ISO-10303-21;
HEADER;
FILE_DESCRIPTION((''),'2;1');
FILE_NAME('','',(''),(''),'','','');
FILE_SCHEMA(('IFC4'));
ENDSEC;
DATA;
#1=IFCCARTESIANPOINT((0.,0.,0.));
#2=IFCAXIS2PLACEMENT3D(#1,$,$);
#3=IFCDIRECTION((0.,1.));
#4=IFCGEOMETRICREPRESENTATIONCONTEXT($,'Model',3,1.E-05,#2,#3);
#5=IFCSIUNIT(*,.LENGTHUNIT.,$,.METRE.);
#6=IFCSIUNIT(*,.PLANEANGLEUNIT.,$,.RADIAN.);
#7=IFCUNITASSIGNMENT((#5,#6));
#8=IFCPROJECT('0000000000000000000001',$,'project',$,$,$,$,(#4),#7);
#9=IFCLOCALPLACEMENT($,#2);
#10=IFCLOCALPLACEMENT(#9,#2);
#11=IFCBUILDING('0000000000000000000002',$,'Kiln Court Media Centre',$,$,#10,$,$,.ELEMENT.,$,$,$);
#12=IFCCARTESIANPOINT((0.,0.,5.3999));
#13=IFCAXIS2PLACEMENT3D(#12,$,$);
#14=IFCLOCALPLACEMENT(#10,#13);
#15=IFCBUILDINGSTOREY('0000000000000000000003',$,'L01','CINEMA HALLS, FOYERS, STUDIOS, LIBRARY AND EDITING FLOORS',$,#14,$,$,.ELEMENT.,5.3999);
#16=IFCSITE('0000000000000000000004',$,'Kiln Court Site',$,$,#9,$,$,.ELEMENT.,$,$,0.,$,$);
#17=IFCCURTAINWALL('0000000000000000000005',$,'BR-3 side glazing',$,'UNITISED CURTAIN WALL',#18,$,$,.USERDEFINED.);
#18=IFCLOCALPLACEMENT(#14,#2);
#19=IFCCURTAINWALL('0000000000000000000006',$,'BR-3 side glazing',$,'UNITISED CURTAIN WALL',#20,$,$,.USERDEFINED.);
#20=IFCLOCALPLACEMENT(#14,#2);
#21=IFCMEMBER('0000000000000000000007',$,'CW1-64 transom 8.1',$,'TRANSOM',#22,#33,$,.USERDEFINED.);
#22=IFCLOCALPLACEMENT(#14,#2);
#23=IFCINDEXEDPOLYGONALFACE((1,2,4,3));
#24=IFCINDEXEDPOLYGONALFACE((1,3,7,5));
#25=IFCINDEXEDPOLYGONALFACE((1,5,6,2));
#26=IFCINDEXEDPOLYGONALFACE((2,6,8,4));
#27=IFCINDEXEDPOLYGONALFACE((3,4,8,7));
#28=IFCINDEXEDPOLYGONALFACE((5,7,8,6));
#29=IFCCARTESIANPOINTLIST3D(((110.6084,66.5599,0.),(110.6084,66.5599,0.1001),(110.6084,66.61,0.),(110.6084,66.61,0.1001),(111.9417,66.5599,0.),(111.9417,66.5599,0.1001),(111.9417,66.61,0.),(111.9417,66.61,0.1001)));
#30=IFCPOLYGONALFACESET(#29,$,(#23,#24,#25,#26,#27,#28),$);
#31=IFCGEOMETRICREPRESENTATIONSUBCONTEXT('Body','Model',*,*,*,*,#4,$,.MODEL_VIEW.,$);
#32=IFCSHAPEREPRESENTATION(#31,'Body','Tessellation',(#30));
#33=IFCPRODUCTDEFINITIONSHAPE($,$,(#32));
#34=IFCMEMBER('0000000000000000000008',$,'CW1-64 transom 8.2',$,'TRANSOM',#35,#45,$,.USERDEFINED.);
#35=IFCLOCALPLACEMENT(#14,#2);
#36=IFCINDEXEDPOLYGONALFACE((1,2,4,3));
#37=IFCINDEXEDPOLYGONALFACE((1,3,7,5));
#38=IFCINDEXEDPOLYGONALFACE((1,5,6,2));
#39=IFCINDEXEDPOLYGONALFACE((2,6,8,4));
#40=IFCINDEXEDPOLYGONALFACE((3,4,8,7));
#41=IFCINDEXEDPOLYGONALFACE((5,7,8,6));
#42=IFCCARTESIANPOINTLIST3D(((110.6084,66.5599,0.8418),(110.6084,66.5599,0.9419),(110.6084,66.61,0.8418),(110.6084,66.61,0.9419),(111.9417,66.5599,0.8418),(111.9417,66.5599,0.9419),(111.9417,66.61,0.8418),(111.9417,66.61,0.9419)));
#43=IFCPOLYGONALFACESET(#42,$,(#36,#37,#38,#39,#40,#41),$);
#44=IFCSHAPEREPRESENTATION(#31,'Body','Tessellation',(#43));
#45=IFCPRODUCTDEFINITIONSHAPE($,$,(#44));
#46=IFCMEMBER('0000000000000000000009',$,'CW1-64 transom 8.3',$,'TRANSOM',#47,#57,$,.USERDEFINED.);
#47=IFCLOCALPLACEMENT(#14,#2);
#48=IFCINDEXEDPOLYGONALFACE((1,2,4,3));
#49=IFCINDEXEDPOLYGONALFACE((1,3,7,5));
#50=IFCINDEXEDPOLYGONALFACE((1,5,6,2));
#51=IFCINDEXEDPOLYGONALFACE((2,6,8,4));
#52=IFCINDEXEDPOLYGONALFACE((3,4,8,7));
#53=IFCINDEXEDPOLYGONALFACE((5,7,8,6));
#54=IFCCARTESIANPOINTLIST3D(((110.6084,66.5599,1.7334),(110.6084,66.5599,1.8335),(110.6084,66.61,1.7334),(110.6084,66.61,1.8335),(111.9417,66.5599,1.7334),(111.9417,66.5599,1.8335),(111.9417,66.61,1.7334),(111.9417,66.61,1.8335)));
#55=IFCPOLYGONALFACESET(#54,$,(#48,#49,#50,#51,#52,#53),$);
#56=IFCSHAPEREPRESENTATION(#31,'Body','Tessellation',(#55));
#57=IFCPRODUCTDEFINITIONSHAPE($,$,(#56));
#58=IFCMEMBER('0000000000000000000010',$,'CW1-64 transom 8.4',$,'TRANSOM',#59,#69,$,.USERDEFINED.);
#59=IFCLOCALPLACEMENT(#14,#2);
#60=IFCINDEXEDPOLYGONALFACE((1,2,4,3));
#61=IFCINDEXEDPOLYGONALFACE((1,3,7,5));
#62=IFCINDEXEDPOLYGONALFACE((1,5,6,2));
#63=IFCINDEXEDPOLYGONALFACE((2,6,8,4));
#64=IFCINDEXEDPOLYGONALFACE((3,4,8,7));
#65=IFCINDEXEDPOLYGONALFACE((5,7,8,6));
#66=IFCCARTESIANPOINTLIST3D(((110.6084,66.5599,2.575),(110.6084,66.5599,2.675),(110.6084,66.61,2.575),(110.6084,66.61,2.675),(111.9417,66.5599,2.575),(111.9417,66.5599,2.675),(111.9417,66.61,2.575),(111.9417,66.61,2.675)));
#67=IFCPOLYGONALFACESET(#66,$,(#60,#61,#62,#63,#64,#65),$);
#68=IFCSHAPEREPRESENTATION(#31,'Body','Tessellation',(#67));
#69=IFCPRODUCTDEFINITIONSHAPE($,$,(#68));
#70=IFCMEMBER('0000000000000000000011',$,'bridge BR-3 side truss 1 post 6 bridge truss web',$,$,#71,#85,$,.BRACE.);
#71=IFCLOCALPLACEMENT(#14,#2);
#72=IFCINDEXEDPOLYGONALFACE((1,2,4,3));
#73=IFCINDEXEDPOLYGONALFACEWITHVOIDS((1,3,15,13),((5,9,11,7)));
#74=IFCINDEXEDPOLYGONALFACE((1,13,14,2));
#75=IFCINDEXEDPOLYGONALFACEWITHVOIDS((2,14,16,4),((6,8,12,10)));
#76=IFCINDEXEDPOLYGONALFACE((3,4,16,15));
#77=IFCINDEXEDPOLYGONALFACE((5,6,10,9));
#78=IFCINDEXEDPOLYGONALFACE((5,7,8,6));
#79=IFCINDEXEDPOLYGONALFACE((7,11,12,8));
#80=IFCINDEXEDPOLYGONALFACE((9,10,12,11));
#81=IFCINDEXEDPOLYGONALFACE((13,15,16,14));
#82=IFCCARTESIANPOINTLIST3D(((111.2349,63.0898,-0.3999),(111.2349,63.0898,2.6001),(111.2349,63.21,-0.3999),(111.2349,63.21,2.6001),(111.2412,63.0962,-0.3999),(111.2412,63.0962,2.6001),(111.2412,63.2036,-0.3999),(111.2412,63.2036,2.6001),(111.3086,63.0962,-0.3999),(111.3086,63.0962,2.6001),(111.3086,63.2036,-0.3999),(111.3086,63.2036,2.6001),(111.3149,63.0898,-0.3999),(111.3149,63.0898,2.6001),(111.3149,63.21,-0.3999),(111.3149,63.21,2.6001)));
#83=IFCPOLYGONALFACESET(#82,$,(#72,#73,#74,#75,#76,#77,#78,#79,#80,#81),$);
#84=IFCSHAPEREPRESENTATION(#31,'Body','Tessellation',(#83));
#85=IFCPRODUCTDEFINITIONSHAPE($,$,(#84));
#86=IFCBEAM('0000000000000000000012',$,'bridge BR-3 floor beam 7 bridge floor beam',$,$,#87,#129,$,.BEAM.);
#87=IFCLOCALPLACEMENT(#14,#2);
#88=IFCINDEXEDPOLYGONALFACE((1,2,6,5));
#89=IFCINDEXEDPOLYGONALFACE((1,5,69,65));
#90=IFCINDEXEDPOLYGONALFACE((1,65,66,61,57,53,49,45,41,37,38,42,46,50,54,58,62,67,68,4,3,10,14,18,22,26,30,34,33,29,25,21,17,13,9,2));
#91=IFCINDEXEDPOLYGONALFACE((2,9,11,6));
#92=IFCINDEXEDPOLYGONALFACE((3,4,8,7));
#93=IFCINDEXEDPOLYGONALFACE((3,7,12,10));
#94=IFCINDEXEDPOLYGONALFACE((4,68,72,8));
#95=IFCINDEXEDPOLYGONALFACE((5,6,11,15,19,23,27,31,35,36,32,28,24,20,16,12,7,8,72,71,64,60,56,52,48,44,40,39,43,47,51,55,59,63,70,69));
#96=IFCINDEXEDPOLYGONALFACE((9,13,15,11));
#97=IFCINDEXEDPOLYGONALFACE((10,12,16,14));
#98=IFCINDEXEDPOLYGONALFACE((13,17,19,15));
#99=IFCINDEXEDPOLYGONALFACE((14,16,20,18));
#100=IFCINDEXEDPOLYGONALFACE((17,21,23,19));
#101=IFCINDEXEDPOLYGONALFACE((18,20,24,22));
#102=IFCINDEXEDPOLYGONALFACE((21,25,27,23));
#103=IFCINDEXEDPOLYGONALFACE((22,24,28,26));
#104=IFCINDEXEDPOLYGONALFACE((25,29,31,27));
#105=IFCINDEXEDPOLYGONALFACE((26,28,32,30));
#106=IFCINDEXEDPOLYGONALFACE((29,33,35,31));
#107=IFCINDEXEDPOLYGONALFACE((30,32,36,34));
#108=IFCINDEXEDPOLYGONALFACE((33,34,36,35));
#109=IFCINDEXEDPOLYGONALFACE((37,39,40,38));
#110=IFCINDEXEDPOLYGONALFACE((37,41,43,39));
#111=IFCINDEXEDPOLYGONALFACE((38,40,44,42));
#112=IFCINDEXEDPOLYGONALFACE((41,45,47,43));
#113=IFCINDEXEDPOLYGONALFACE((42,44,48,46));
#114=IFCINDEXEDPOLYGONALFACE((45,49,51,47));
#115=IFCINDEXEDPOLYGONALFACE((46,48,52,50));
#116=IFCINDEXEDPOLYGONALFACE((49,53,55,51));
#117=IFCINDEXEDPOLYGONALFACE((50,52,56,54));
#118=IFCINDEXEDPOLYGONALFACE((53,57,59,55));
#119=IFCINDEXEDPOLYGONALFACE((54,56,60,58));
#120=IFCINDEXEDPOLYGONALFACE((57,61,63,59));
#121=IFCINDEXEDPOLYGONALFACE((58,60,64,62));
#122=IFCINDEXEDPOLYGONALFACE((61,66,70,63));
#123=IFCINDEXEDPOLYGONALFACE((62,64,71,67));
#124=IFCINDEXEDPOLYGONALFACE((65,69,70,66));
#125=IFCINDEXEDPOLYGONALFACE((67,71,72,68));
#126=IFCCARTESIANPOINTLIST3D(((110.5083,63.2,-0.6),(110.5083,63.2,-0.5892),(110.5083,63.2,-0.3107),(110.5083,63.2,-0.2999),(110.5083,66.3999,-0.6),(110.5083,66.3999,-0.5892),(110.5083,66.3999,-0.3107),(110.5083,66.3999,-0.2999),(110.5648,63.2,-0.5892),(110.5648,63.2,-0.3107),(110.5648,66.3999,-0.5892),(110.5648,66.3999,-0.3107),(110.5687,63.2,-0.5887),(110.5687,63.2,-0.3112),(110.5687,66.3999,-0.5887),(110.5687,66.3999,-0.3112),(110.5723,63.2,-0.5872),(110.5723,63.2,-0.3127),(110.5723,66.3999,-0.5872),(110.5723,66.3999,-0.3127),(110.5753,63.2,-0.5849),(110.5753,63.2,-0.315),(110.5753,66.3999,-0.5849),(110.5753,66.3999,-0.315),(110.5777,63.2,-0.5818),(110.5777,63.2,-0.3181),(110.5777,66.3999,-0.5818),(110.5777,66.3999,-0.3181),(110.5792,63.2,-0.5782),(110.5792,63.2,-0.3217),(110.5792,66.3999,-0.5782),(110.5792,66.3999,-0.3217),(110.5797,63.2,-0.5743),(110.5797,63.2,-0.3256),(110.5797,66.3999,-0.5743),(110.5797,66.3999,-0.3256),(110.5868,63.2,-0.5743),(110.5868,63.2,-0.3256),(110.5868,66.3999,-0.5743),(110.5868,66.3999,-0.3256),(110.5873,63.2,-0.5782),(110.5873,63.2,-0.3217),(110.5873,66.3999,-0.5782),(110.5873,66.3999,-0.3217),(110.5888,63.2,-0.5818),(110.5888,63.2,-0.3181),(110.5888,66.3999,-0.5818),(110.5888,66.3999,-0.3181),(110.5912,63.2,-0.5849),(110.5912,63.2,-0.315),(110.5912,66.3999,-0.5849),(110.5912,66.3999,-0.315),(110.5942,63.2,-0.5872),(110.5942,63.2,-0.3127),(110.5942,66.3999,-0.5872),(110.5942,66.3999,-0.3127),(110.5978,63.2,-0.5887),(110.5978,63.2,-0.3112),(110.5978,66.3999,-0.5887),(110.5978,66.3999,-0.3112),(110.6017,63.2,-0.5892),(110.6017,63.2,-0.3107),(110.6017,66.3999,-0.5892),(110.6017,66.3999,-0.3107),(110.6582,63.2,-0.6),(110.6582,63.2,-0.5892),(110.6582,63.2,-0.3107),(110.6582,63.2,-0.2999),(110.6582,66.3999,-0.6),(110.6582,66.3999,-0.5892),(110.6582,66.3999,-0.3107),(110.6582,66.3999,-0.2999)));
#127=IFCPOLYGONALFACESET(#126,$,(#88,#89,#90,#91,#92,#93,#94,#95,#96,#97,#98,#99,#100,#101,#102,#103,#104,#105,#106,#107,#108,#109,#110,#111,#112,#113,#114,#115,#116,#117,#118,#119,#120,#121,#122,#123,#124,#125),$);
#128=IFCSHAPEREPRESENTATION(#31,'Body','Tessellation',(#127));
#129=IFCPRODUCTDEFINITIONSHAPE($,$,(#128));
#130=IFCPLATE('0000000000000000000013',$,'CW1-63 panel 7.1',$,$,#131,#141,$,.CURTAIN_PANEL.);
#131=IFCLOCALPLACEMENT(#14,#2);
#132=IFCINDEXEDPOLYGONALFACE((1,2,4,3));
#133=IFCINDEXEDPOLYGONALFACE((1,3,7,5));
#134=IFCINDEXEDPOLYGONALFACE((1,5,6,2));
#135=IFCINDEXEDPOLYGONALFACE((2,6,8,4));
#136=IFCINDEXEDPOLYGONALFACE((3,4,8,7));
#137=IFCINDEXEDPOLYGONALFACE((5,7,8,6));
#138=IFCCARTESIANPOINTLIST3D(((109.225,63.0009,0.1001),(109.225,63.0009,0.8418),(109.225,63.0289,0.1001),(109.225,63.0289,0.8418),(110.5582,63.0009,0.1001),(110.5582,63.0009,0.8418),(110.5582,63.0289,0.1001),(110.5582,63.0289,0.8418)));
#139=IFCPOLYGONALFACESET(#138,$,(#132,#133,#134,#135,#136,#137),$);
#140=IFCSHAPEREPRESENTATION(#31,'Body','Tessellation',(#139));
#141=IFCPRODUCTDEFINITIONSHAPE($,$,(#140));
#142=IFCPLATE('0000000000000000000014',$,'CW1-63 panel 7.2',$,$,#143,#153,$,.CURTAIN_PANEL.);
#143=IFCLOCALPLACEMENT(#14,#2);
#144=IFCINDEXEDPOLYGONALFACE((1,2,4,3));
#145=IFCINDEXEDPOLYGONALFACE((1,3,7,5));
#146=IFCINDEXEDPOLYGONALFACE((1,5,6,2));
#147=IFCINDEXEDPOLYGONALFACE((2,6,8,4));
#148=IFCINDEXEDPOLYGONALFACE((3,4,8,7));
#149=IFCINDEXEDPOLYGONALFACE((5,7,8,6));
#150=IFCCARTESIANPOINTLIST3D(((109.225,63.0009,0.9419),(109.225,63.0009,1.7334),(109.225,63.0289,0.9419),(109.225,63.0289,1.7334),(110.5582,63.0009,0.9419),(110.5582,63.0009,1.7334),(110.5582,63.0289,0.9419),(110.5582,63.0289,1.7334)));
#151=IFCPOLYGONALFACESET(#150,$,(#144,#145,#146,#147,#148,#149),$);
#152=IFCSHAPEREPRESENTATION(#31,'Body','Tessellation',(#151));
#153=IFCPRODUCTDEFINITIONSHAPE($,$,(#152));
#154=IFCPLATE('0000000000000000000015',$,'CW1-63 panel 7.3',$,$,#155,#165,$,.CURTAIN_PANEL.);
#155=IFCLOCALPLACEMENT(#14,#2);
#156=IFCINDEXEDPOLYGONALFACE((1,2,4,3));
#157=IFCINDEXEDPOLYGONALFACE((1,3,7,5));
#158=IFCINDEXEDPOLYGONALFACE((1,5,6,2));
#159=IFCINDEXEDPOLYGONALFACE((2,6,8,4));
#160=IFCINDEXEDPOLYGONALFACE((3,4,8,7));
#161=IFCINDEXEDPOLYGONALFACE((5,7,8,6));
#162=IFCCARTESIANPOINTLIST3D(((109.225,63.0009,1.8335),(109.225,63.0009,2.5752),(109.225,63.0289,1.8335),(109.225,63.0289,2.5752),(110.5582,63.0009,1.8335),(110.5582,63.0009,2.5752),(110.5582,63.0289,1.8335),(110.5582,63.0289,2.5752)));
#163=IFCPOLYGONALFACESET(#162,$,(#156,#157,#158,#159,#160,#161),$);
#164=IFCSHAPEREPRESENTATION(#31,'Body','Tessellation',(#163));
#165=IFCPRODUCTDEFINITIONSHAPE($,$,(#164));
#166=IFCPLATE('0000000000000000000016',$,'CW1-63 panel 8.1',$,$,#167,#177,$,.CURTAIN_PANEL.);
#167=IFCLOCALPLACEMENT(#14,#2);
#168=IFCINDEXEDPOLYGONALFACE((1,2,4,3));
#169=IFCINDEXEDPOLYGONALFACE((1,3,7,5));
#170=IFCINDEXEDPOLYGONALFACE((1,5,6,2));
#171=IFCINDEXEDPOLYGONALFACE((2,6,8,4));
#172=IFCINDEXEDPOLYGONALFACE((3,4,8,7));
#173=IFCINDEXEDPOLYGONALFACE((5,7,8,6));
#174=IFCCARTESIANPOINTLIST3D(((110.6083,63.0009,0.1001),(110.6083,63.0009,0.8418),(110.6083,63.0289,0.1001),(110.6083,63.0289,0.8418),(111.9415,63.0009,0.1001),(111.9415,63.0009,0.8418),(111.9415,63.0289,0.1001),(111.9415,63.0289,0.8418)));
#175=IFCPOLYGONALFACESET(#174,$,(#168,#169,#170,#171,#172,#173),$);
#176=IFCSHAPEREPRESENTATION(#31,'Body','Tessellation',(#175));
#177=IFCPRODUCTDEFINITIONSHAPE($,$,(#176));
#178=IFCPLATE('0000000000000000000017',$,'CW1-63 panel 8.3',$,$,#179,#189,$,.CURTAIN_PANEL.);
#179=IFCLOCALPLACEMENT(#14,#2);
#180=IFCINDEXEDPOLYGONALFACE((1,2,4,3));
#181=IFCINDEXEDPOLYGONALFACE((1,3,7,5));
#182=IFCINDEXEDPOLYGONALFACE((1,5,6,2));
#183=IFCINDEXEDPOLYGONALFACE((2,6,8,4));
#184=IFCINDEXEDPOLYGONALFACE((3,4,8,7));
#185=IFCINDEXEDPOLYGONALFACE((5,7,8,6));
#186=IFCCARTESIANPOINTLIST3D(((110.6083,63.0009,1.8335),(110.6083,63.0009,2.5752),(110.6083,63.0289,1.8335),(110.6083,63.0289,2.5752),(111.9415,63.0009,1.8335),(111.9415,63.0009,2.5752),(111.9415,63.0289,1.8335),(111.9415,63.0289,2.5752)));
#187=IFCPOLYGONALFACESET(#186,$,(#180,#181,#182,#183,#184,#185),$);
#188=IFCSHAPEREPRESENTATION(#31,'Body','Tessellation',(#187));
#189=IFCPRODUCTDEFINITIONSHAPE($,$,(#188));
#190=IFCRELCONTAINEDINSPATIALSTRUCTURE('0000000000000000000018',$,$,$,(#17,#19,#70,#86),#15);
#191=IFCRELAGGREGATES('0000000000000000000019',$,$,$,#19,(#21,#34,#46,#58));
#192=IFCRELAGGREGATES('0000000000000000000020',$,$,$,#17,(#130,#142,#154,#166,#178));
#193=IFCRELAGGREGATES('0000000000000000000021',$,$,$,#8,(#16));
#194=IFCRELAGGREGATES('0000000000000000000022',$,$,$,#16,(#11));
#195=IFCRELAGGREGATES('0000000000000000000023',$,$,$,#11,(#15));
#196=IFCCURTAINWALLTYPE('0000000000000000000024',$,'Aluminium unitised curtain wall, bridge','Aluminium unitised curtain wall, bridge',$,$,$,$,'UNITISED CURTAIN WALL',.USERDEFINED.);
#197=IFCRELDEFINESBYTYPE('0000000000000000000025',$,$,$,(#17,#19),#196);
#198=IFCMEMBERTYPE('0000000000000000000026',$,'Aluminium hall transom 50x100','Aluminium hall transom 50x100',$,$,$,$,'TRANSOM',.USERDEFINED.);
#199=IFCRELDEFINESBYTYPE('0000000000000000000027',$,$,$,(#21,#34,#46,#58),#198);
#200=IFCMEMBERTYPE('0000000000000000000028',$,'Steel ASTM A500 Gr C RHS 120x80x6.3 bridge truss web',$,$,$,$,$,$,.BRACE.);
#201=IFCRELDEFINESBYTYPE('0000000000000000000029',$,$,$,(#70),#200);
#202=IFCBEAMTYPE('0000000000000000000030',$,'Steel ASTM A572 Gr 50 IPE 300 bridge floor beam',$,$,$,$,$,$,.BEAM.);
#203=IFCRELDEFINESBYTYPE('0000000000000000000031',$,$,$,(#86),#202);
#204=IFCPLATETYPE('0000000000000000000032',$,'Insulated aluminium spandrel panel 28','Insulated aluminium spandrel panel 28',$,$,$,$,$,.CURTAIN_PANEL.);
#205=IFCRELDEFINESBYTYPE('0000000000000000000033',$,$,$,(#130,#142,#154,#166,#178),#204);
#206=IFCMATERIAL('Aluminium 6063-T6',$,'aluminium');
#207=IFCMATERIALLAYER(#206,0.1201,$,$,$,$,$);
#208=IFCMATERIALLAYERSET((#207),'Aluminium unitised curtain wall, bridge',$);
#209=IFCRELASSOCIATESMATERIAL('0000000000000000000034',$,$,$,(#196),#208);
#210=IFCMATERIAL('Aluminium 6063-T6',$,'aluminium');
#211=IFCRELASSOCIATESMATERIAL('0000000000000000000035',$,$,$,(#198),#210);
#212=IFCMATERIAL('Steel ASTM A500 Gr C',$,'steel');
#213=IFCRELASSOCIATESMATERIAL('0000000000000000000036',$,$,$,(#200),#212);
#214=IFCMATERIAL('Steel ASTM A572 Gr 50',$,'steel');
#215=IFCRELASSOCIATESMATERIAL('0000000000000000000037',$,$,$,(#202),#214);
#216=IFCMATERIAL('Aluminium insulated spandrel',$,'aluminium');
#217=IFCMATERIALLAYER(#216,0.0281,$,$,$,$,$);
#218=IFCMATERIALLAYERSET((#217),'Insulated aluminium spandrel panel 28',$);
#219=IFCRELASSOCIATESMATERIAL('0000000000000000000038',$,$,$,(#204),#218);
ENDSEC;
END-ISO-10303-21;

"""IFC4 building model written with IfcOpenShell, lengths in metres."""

from ifc_helpers import new_model, si_unit, direction, frame, origin, origin_2d, place, context, subcontext, project, spatial, rectangle, hollow_rectangle, i_section, extrude, material, layer, layer_set, material_profile, profile_set, type_object, element, aggregate, save


model = new_model("IFC4")

# Units and contexts
model_context = context("Model", 3, precision=1e-05, world=origin(), true_north=direction((0.0, 1.0)))
body_context = subcontext(model_context, "Body", "Model", "MODEL_VIEW")
ifc_project = project(units=[si_unit("LENGTHUNIT", "METRE"), si_unit("PLANEANGLEUNIT", "RADIAN")], contexts=[model_context])

# Site, building, storey
site_placement = place(None, origin())
site = spatial("IfcSite", under=ifc_project, at=site_placement, Name="Kiln Court Site", CompositionType="ELEMENT", RefElevation=0.0)
building_placement = place(site_placement, origin())
building = spatial("IfcBuilding", under=site, at=building_placement, Name="Kiln Court Media Centre", CompositionType="ELEMENT")
storey_placement = place(building_placement, frame((0.0, 0.0, 5.3999)))
storey = spatial("IfcBuildingStorey", under=building, at=storey_placement, Name="L01", Description="CINEMA HALLS, FOYERS, STUDIOS, LIBRARY AND EDITING FLOORS", CompositionType="ELEMENT", Elevation=5.3999)

# Curtain wall
ifc_material_1 = material(Name="Aluminium 6063-T6", Category="aluminium")
ifc_layer_1 = layer(ifc_material_1, 0.1201)
ifc_layer_set_1 = layer_set([ifc_layer_1], Name="Aluminium unitised curtain wall, bridge")
curtain_wall_type = type_object("IfcCurtainWallType", Name="Aluminium unitised curtain wall, bridge", Description="Aluminium unitised curtain wall, bridge", ElementType="UNITISED CURTAIN WALL", PredefinedType="USERDEFINED", material=ifc_layer_set_1)
curtain_wall_1_placement = place(storey_placement, origin())
curtain_wall_1 = element("IfcCurtainWall", 1, at=curtain_wall_1_placement, inside=storey, type_object=curtain_wall_type, Name="BR-3 side glazing", ObjectType="UNITISED CURTAIN WALL", PredefinedType="USERDEFINED")

# Curtain wall
curtain_wall_2_placement = place(storey_placement, origin())
curtain_wall_2 = element("IfcCurtainWall", 2, at=curtain_wall_2_placement, inside=storey, type_object=curtain_wall_type, Name="BR-3 side glazing", ObjectType="UNITISED CURTAIN WALL", PredefinedType="USERDEFINED")

# Members
ifc_material_2 = material(Name="Aluminium 6063-T6", Category="aluminium")
ifc_material_profile_1 = material_profile(ifc_material_2, rectangle(XDim=0.05, YDim=0.1001, at=origin_2d()), Name="Aluminium hall transom 50x100")
ifc_profile_set_1 = profile_set([ifc_material_profile_1], Name="Aluminium 6063-T6")
member_type_1 = type_object("IfcMemberType", Name="Aluminium hall transom 50x100", Description="Aluminium hall transom 50x100", ElementType="TRANSOM", PredefinedType="USERDEFINED", material=ifc_profile_set_1)
member_1_placement = place(storey_placement, frame((110.6084, 66.585, 0.05), z_axis=(1.0, 0.0, 0.0), x_axis=(0.0, 1.0, 0.0)))
member_1 = element("IfcMember", 3, at=member_1_placement, type_object=member_type_1, Name="CW1-64 transom 8.1", ObjectType="TRANSOM", PredefinedType="USERDEFINED", context=body_context, shape_type="SweptSolid", body=[
    extrude(rectangle(XDim=0.05, YDim=0.1001, at=origin_2d()), origin(), (0.0, 0.0, 1.0), 1.3333),
])
member_2_placement = place(storey_placement, frame((110.6084, 66.585, 0.8918), z_axis=(1.0, 0.0, 0.0), x_axis=(0.0, 1.0, 0.0)))
member_2 = element("IfcMember", 4, at=member_2_placement, type_object=member_type_1, Name="CW1-64 transom 8.2", ObjectType="TRANSOM", PredefinedType="USERDEFINED", context=body_context, shape_type="SweptSolid", body=[
    extrude(rectangle(XDim=0.05, YDim=0.1001, at=origin_2d()), origin(), (0.0, 0.0, 1.0), 1.3333),
])
member_3_placement = place(storey_placement, frame((110.6084, 66.585, 1.7834), z_axis=(1.0, 0.0, 0.0), x_axis=(0.0, 1.0, 0.0)))
member_3 = element("IfcMember", 5, at=member_3_placement, type_object=member_type_1, Name="CW1-64 transom 8.3", ObjectType="TRANSOM", PredefinedType="USERDEFINED", context=body_context, shape_type="SweptSolid", body=[
    extrude(rectangle(XDim=0.05, YDim=0.1001, at=origin_2d()), origin(), (0.0, 0.0, 1.0), 1.3333),
])
member_4_placement = place(storey_placement, frame((110.6084, 66.585, 2.625), z_axis=(1.0, 0.0, 0.0), x_axis=(0.0, 1.0, 0.0)))
member_4 = element("IfcMember", 6, at=member_4_placement, type_object=member_type_1, Name="CW1-64 transom 8.4", ObjectType="TRANSOM", PredefinedType="USERDEFINED", context=body_context, shape_type="SweptSolid", body=[
    extrude(rectangle(XDim=0.05, YDim=0.1001, at=origin_2d()), origin(), (0.0, 0.0, 1.0), 1.3333),
])
ifc_material_3 = material(Name="Steel ASTM A500 Gr C", Category="steel")
ifc_material_profile_2 = material_profile(ifc_material_3, hollow_rectangle(XDim=0.0801, YDim=0.1201, WallThickness=0.0063, at=origin_2d()), Name="RHS 120x80x6.3")
ifc_profile_set_2 = profile_set([ifc_material_profile_2], Name="Steel ASTM A500 Gr C")
member_type_2 = type_object("IfcMemberType", Name="Steel ASTM A500 Gr C RHS 120x80x6.3 bridge truss web", PredefinedType="BRACE", material=ifc_profile_set_2)
member_5_placement = place(storey_placement, frame((111.2749, 63.1499, -0.3999), z_axis=(0.0, 0.0, 1.0), x_axis=(1.0, 0.0, 0.0)))
element("IfcMember", 7, at=member_5_placement, inside=storey, type_object=member_type_2, Name="bridge BR-3 side truss 1 post 6 bridge truss web", PredefinedType="BRACE", context=body_context, shape_type="SweptSolid", body=[
    extrude(hollow_rectangle(XDim=0.0801, YDim=0.1201, WallThickness=0.0063, at=origin_2d()), origin(), (0.0, 0.0, 1.0), 3.0),
])

# Beam
ifc_material_4 = material(Name="Steel ASTM A572 Gr 50", Category="steel")
ifc_material_profile_3 = material_profile(ifc_material_4, i_section(OverallWidth=0.1499, OverallDepth=0.3, WebThickness=0.0071, FlangeThickness=0.0107, FilletRadius=0.0149, at=origin_2d()), Name="IPE 300")
ifc_profile_set_3 = profile_set([ifc_material_profile_3], Name="Steel ASTM A572 Gr 50")
beam_type = type_object("IfcBeamType", Name="Steel ASTM A572 Gr 50 IPE 300 bridge floor beam", PredefinedType="BEAM", material=ifc_profile_set_3)
beam_placement = place(storey_placement, frame((110.5833, 63.2, -0.45), z_axis=(0.0, 1.0, 0.0), x_axis=(-1.0, 0.0, 0.0)))
element("IfcBeam", 8, at=beam_placement, inside=storey, type_object=beam_type, Name="bridge BR-3 floor beam 7 bridge floor beam", PredefinedType="BEAM", context=body_context, shape_type="SweptSolid", body=[
    extrude(i_section(OverallWidth=0.1499, OverallDepth=0.3, WebThickness=0.0071, FlangeThickness=0.0107, FilletRadius=0.0149, at=origin_2d()), origin(), (0.0, 0.0, 1.0), 3.2),
])

# Plates
ifc_material_5 = material(Name="Aluminium insulated spandrel", Category="aluminium")
ifc_layer_2 = layer(ifc_material_5, 0.0281)
ifc_layer_set_2 = layer_set([ifc_layer_2], Name="Insulated aluminium spandrel panel 28")
plate_type_1 = type_object("IfcPlateType", Name="Insulated aluminium spandrel panel 28", Description="Insulated aluminium spandrel panel 28", PredefinedType="CURTAIN_PANEL", material=ifc_layer_set_2)
plate_1_placement = place(storey_placement, frame((109.8916, 63.0149, 0.1001), z_axis=(0.0, 0.0, 1.0), x_axis=(1.0, 0.0, 0.0)))
plate_1 = element("IfcPlate", 9, at=plate_1_placement, type_object=plate_type_1, Name="CW1-63 panel 7.1", PredefinedType="CURTAIN_PANEL", context=body_context, shape_type="SweptSolid", body=[
    extrude(rectangle(XDim=1.3333, YDim=0.0281, at=origin_2d()), origin(), (0.0, 0.0, 1.0), 0.7417),
])
plate_2_placement = place(storey_placement, frame((109.8916, 63.0149, 0.9419), z_axis=(0.0, 0.0, 1.0), x_axis=(1.0, 0.0, 0.0)))
plate_2 = element("IfcPlate", 10, at=plate_2_placement, type_object=plate_type_1, Name="CW1-63 panel 7.2", PredefinedType="CURTAIN_PANEL", context=body_context, shape_type="SweptSolid", body=[
    extrude(rectangle(XDim=1.3333, YDim=0.0281, at=origin_2d()), origin(), (0.0, 0.0, 1.0), 0.7915),
])
plate_3_placement = place(storey_placement, frame((109.8916, 63.0149, 1.8335), z_axis=(0.0, 0.0, 1.0), x_axis=(1.0, 0.0, 0.0)))
plate_3 = element("IfcPlate", 11, at=plate_3_placement, type_object=plate_type_1, Name="CW1-63 panel 7.3", PredefinedType="CURTAIN_PANEL", context=body_context, shape_type="SweptSolid", body=[
    extrude(rectangle(XDim=1.3333, YDim=0.0281, at=origin_2d()), origin(), (0.0, 0.0, 1.0), 0.7417),
])
plate_4_placement = place(storey_placement, frame((111.2749, 63.0149, 0.1001), z_axis=(0.0, 0.0, 1.0), x_axis=(1.0, 0.0, 0.0)))
plate_4 = element("IfcPlate", 12, at=plate_4_placement, type_object=plate_type_1, Name="CW1-63 panel 8.1", PredefinedType="CURTAIN_PANEL", context=body_context, shape_type="SweptSolid", body=[
    extrude(rectangle(XDim=1.3333, YDim=0.0281, at=origin_2d()), origin(), (0.0, 0.0, 1.0), 0.7417),
])
plate_5_placement = place(storey_placement, frame((111.2749, 63.0149, 1.8335), z_axis=(0.0, 0.0, 1.0), x_axis=(1.0, 0.0, 0.0)))
plate_5 = element("IfcPlate", 13, at=plate_5_placement, type_object=plate_type_1, Name="CW1-63 panel 8.3", PredefinedType="CURTAIN_PANEL", context=body_context, shape_type="SweptSolid", body=[
    extrude(rectangle(XDim=1.3333, YDim=0.0281, at=origin_2d()), origin(), (0.0, 0.0, 1.0), 0.7417),
])
aggregate(curtain_wall_2, [member_1, member_2, member_3, member_4])
aggregate(curtain_wall_1, [plate_1, plate_2, plate_3, plate_4, plate_5])

save(model, "model.ifc")
